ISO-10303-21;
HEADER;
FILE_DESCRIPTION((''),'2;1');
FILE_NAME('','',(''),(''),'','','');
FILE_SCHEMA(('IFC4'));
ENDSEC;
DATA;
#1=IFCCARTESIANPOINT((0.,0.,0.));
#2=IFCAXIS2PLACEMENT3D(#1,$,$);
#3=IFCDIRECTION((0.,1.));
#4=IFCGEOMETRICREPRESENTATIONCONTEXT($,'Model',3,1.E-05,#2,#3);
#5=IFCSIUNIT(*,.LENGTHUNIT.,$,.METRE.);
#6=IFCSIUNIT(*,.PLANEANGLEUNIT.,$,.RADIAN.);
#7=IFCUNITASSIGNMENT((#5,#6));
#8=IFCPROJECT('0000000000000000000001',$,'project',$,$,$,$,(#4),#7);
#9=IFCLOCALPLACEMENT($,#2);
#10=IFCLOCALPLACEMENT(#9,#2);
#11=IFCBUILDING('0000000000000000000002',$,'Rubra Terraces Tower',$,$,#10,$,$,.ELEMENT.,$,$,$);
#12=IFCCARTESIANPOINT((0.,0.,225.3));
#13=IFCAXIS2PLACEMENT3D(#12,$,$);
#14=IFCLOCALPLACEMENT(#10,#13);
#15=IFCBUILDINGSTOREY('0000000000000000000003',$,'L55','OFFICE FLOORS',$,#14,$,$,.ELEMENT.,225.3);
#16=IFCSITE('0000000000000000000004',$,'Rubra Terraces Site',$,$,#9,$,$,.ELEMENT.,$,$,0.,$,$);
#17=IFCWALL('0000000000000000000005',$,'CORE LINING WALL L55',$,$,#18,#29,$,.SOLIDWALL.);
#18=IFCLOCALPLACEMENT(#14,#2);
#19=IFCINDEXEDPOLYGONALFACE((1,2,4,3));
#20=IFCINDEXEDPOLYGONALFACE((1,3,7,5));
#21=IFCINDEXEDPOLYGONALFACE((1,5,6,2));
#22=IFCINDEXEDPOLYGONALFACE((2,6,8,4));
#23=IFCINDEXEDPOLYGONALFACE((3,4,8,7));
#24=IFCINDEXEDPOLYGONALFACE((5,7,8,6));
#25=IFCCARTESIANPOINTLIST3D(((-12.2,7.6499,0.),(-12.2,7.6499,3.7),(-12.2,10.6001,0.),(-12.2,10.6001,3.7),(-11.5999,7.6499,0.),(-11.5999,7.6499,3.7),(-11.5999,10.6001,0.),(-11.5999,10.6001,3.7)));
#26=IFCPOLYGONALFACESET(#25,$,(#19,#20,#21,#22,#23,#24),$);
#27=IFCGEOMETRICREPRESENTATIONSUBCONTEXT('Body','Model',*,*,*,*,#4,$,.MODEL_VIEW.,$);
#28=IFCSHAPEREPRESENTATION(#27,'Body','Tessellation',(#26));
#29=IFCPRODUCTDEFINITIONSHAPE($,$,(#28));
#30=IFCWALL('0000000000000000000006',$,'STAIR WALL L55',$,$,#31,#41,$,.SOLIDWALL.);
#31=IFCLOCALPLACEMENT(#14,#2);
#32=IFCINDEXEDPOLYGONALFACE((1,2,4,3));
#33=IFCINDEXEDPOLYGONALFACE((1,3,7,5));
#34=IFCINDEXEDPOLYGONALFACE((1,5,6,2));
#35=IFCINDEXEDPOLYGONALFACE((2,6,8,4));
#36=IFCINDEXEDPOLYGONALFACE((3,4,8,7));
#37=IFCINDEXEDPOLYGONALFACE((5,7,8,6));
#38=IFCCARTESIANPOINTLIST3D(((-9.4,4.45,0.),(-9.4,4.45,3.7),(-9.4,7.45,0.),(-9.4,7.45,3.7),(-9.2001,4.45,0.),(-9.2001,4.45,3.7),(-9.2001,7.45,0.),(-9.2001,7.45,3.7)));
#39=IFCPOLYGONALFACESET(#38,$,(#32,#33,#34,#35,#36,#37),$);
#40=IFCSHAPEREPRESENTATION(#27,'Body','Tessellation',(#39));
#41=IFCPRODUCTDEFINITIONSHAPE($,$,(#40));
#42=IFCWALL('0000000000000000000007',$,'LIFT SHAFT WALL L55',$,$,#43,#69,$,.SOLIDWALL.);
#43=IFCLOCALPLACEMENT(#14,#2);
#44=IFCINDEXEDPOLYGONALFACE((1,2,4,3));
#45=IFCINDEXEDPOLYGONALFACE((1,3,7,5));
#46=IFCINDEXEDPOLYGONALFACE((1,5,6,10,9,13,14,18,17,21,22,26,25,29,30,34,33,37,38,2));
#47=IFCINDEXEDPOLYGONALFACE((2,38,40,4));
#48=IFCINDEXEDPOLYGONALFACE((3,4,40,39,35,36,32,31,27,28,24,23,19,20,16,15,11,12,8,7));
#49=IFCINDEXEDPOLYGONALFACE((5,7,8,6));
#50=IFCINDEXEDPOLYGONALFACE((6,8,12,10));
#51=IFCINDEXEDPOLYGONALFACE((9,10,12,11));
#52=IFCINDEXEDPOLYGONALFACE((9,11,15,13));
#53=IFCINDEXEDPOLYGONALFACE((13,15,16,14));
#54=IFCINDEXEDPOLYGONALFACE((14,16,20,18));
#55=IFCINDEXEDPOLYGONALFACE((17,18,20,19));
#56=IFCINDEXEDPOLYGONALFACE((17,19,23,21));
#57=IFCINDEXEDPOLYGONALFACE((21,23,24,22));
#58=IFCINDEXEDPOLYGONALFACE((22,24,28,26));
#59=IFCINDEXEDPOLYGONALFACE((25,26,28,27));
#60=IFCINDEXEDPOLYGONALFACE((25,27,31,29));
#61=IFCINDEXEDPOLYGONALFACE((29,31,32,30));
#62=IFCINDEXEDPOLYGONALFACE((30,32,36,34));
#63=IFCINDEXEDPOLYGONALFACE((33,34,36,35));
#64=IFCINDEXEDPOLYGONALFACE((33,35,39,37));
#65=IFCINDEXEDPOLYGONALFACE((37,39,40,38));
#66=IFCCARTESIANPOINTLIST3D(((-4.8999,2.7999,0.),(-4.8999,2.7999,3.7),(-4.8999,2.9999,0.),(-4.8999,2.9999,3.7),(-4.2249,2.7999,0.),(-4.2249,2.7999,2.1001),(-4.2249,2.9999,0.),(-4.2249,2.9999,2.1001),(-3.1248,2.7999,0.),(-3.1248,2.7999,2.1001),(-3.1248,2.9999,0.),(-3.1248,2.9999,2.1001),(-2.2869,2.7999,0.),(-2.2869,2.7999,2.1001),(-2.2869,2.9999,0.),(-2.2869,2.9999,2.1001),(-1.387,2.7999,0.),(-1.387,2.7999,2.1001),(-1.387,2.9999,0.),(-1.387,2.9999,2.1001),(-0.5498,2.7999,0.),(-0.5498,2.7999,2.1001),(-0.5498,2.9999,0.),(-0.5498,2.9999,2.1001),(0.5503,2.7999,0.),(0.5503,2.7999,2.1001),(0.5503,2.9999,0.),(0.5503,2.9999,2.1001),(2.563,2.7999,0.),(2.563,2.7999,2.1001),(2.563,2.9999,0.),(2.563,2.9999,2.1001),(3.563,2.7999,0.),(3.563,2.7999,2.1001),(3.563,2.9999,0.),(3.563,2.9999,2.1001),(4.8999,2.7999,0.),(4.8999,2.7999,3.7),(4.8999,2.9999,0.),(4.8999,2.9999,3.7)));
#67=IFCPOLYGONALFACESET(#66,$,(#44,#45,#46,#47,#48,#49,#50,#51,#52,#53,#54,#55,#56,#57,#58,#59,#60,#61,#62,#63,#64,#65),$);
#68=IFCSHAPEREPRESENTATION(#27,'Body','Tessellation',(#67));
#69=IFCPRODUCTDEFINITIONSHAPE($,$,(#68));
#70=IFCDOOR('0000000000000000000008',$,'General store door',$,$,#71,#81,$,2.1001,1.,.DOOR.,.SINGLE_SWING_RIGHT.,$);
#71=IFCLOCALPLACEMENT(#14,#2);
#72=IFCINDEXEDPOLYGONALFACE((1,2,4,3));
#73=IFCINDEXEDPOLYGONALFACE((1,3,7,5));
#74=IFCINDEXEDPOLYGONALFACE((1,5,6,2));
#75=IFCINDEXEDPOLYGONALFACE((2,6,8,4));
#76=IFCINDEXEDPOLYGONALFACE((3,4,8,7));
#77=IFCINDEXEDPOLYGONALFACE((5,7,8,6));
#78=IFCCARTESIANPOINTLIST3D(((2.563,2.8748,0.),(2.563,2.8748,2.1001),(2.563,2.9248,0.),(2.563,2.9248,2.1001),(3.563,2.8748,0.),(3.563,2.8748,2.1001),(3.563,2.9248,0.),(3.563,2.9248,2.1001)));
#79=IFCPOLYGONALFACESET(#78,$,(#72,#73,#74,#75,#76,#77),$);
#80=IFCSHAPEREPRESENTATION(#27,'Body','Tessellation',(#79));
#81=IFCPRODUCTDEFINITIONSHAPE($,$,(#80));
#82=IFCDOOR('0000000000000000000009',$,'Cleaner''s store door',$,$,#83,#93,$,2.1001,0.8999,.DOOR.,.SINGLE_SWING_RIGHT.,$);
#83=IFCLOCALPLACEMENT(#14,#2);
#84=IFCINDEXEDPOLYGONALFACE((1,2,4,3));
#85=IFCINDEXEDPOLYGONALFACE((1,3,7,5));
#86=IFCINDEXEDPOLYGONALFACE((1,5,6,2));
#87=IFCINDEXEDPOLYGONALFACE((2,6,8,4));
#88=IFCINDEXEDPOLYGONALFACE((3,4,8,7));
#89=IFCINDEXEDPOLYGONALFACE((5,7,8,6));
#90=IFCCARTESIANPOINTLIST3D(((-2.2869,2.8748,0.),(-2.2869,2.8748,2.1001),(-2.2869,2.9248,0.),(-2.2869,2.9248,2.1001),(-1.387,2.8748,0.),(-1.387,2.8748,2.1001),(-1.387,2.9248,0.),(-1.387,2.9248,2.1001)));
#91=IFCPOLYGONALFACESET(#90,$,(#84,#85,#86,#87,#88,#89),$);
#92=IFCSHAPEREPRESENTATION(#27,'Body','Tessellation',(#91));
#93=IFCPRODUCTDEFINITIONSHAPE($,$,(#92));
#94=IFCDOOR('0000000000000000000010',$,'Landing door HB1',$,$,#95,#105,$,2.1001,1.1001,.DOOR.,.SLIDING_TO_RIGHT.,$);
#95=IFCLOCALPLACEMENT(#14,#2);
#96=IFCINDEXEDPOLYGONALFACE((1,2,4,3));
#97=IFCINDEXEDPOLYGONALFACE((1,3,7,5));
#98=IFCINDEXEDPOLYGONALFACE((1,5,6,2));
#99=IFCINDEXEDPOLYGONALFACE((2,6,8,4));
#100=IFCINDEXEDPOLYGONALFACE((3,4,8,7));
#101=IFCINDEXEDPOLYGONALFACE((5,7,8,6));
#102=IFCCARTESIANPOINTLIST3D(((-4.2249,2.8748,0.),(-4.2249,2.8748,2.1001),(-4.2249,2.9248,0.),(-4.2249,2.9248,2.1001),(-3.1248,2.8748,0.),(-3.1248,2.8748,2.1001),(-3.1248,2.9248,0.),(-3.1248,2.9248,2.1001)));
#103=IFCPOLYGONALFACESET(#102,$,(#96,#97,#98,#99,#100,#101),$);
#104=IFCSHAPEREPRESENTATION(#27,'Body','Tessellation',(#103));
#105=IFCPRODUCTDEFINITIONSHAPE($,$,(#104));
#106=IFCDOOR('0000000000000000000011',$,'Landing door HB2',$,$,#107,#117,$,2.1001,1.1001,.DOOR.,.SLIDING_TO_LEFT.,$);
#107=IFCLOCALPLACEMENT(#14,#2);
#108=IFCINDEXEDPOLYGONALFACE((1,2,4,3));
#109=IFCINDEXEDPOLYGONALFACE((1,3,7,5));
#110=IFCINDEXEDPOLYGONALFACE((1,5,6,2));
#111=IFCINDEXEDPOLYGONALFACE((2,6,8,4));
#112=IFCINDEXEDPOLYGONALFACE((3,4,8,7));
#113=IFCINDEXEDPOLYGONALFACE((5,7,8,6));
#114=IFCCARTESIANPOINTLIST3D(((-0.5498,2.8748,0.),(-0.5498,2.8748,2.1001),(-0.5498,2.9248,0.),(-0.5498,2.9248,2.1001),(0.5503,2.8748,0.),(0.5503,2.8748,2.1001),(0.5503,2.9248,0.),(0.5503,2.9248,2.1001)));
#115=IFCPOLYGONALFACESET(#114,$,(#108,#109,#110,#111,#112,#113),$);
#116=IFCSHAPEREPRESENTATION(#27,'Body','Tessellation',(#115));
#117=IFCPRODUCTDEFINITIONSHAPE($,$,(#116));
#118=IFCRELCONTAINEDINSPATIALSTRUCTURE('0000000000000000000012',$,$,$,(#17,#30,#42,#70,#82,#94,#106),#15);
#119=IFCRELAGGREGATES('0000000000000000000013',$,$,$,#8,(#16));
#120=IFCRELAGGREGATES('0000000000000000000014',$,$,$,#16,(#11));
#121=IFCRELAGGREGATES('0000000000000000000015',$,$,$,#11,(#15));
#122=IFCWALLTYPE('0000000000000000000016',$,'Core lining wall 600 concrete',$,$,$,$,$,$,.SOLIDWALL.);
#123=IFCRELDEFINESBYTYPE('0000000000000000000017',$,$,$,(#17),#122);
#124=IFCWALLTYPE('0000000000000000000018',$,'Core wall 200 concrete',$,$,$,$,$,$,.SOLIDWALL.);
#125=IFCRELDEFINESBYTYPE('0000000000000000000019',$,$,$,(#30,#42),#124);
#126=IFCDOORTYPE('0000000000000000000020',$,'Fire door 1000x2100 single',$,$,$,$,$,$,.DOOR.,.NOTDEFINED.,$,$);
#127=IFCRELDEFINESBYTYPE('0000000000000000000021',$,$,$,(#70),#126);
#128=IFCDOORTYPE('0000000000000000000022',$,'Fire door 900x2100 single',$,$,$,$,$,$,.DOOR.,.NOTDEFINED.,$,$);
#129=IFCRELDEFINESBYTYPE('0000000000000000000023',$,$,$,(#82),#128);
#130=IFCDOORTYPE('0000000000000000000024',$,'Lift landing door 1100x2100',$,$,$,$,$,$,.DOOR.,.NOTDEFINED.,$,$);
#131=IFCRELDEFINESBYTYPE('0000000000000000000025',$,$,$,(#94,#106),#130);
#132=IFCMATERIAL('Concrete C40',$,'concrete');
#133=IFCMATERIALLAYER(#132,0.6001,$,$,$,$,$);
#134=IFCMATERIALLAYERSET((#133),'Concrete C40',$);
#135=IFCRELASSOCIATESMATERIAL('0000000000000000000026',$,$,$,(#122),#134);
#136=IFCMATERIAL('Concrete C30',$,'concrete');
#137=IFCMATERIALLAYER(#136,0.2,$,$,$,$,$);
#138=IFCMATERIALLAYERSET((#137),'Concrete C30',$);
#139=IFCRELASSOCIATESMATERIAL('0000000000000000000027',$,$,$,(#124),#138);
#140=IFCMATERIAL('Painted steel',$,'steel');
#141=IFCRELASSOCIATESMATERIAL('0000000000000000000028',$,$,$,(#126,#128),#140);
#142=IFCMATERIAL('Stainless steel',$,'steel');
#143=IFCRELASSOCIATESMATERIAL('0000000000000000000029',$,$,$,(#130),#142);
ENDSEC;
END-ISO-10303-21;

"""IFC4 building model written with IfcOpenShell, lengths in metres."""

from ifc_helpers import new_model, si_unit, direction, frame, frame_2d, origin, place, context, subcontext, project, spatial, rectangle, extrude, material, layer, layer_set, type_object, element, fill, save


model = new_model("IFC4")

# Units and contexts
model_context = context("Model", 3, precision=1e-05, world=origin(), true_north=direction((0.0, 1.0)))
body_context = subcontext(model_context, "Body", "Model", "MODEL_VIEW")
ifc_project = project(units=[si_unit("LENGTHUNIT", "METRE"), si_unit("PLANEANGLEUNIT", "RADIAN")], contexts=[model_context])

# Site, building, storey
site_placement = place(None, origin())
site = spatial("IfcSite", under=ifc_project, at=site_placement, Name="Rubra Terraces Site", CompositionType="ELEMENT", RefElevation=0.0)
building_placement = place(site_placement, origin())
building = spatial("IfcBuilding", under=site, at=building_placement, Name="Rubra Terraces Tower", CompositionType="ELEMENT")
storey_placement = place(building_placement, frame((0.0, 0.0, 225.3)))
storey = spatial("IfcBuildingStorey", under=building, at=storey_placement, Name="L55", Description="OFFICE FLOORS", CompositionType="ELEMENT", Elevation=225.3)

# Walls
ifc_material_1 = material(Name="Concrete C40", Category="concrete")
ifc_layer_1 = layer(ifc_material_1, 0.6001)
ifc_layer_set_1 = layer_set([ifc_layer_1], Name="Concrete C40")
wall_type_1 = type_object("IfcWallType", Name="Core lining wall 600 concrete", PredefinedType="SOLIDWALL", material=ifc_layer_set_1)
wall_1_placement = place(storey_placement, frame((-11.8999, 7.6499, 0.0), z_axis=(0.0, 0.0, 1.0), x_axis=(0.0, 1.0, 0.0)))
element("IfcWall", 1, at=wall_1_placement, inside=storey, type_object=wall_type_1, Name="CORE LINING WALL L55", PredefinedType="SOLIDWALL", context=body_context, shape_type="SweptSolid", body=[
    extrude(rectangle(XDim=2.9502, YDim=0.6001, at=frame_2d((1.4751, 0.0))), origin(), (0.0, 0.0, 1.0), 3.7),
])
ifc_material_2 = material(Name="Concrete C30", Category="concrete")
ifc_layer_2 = layer(ifc_material_2, 0.2)
ifc_layer_set_2 = layer_set([ifc_layer_2], Name="Concrete C30")
wall_type_2 = type_object("IfcWallType", Name="Core wall 200 concrete", PredefinedType="SOLIDWALL", material=ifc_layer_set_2)
wall_2_placement = place(storey_placement, frame((-9.3, 4.45, 0.0), z_axis=(0.0, 0.0, 1.0), x_axis=(0.0, 1.0, 0.0)))
element("IfcWall", 2, at=wall_2_placement, inside=storey, type_object=wall_type_2, Name="STAIR WALL L55", PredefinedType="SOLIDWALL", context=body_context, shape_type="SweptSolid", body=[
    extrude(rectangle(XDim=3.0, YDim=0.2, at=frame_2d((1.5, 0.0))), origin(), (0.0, 0.0, 1.0), 3.7),
])

# Wall, openings, doors
wall_3_placement = place(storey_placement, frame((-4.8999, 2.8999, 0.0), z_axis=(0.0, 0.0, 1.0), x_axis=(1.0, 0.0, 0.0)))
wall_3 = element("IfcWall", 3, at=wall_3_placement, inside=storey, type_object=wall_type_2, Name="LIFT SHAFT WALL L55", PredefinedType="SOLIDWALL", context=body_context, shape_type="SweptSolid", body=[
    extrude(rectangle(XDim=9.7998, YDim=0.2, at=frame_2d((4.8999, 0.0))), origin(), (0.0, 0.0, 1.0), 3.7),
])
opening_1_placement = place(wall_3_placement, frame((0.675, 0.0, 0.0)))
opening_1 = element("IfcOpeningElement", 4, at=opening_1_placement, cuts=wall_3, PredefinedType="OPENING", context=body_context, shape_type="SweptSolid", body=[
    extrude(rectangle(XDim=1.1001, YDim=2.1001, at=frame_2d((0.55, 1.05))), frame((0.0, 0.1099, 0.0), z_axis=(0.0, -1.0, 0.0), x_axis=(1.0, 0.0, 0.0)), (0.0, 0.0, 1.0), 0.22),
])
opening_2_placement = place(wall_3_placement, frame((2.613, 0.0, 0.0)))
opening_2 = element("IfcOpeningElement", 5, at=opening_2_placement, cuts=wall_3, PredefinedType="OPENING", context=body_context, shape_type="SweptSolid", body=[
    extrude(rectangle(XDim=0.8999, YDim=2.1001, at=frame_2d((0.45, 1.05))), frame((0.0, 0.1099, 0.0), z_axis=(0.0, -1.0, 0.0), x_axis=(1.0, 0.0, 0.0)), (0.0, 0.0, 1.0), 0.22),
])
opening_3_placement = place(wall_3_placement, frame((4.3501, 0.0, 0.0)))
opening_3 = element("IfcOpeningElement", 6, at=opening_3_placement, cuts=wall_3, PredefinedType="OPENING", context=body_context, shape_type="SweptSolid", body=[
    extrude(rectangle(XDim=1.1001, YDim=2.1001, at=frame_2d((0.55, 1.05))), frame((0.0, 0.1099, 0.0), z_axis=(0.0, -1.0, 0.0), x_axis=(1.0, 0.0, 0.0)), (0.0, 0.0, 1.0), 0.22),
])
opening_4_placement = place(wall_3_placement, frame((7.4629, 0.0, 0.0)))
opening_4 = element("IfcOpeningElement", 7, at=opening_4_placement, cuts=wall_3, PredefinedType="OPENING", context=body_context, shape_type="SweptSolid", body=[
    extrude(rectangle(XDim=1.0, YDim=2.1001, at=frame_2d((0.5, 1.05))), frame((0.0, 0.1099, 0.0), z_axis=(0.0, -1.0, 0.0), x_axis=(1.0, 0.0, 0.0)), (0.0, 0.0, 1.0), 0.22),
])
ifc_material_3 = material(Name="Painted steel", Category="steel")
door_type_1 = type_object("IfcDoorType", Name="Fire door 1000x2100 single", OperationType="NOTDEFINED", PredefinedType="DOOR", material=ifc_material_3)
door_1_placement = place(opening_4_placement, origin())
door_1 = element("IfcDoor", 8, at=door_1_placement, inside=storey, type_object=door_type_1, Name="General store door", OperationType="SINGLE_SWING_RIGHT", OverallHeight=2.1001, OverallWidth=1.0, PredefinedType="DOOR", context=body_context, shape_type="SweptSolid", body=[
    extrude(rectangle(XDim=1.0, YDim=2.1001, at=frame_2d((0.5, 1.05))), frame((0.0, 0.0249, 0.0), z_axis=(0.0, -1.0, 0.0), x_axis=(1.0, 0.0, 0.0)), (0.0, 0.0, 1.0), 0.05),
])
fill(opening_4, door_1)
door_type_2 = type_object("IfcDoorType", Name="Fire door 900x2100 single", OperationType="NOTDEFINED", PredefinedType="DOOR", material=ifc_material_3)
door_2_placement = place(opening_2_placement, origin())
door_2 = element("IfcDoor", 9, at=door_2_placement, inside=storey, type_object=door_type_2, Name="Cleaner's store door", OperationType="SINGLE_SWING_RIGHT", OverallHeight=2.1001, OverallWidth=0.8999, PredefinedType="DOOR", context=body_context, shape_type="SweptSolid", body=[
    extrude(rectangle(XDim=0.8999, YDim=2.1001, at=frame_2d((0.45, 1.05))), frame((0.0, 0.0249, 0.0), z_axis=(0.0, -1.0, 0.0), x_axis=(1.0, 0.0, 0.0)), (0.0, 0.0, 1.0), 0.05),
])
fill(opening_2, door_2)
ifc_material_4 = material(Name="Stainless steel", Category="steel")
door_type_3 = type_object("IfcDoorType", Name="Lift landing door 1100x2100", OperationType="NOTDEFINED", PredefinedType="DOOR", material=ifc_material_4)
door_3_placement = place(opening_1_placement, origin())
door_3 = element("IfcDoor", 10, at=door_3_placement, inside=storey, type_object=door_type_3, Name="Landing door HB1", OperationType="SLIDING_TO_RIGHT", OverallHeight=2.1001, OverallWidth=1.1001, PredefinedType="DOOR", context=body_context, shape_type="SweptSolid", body=[
    extrude(rectangle(XDim=1.1001, YDim=2.1001, at=frame_2d((0.55, 1.05))), frame((0.0, 0.0249, 0.0), z_axis=(0.0, -1.0, 0.0), x_axis=(1.0, 0.0, 0.0)), (0.0, 0.0, 1.0), 0.05),
])
fill(opening_1, door_3)
door_4_placement = place(opening_3_placement, origin())
door_4 = element("IfcDoor", 11, at=door_4_placement, inside=storey, type_object=door_type_3, Name="Landing door HB2", OperationType="SLIDING_TO_LEFT", OverallHeight=2.1001, OverallWidth=1.1001, PredefinedType="DOOR", context=body_context, shape_type="SweptSolid", body=[
    extrude(rectangle(XDim=1.1001, YDim=2.1001, at=frame_2d((0.55, 1.05))), frame((0.0, 0.0249, 0.0), z_axis=(0.0, -1.0, 0.0), x_axis=(1.0, 0.0, 0.0)), (0.0, 0.0, 1.0), 0.05),
])
fill(opening_3, door_4)

save(model, "model.ifc")
